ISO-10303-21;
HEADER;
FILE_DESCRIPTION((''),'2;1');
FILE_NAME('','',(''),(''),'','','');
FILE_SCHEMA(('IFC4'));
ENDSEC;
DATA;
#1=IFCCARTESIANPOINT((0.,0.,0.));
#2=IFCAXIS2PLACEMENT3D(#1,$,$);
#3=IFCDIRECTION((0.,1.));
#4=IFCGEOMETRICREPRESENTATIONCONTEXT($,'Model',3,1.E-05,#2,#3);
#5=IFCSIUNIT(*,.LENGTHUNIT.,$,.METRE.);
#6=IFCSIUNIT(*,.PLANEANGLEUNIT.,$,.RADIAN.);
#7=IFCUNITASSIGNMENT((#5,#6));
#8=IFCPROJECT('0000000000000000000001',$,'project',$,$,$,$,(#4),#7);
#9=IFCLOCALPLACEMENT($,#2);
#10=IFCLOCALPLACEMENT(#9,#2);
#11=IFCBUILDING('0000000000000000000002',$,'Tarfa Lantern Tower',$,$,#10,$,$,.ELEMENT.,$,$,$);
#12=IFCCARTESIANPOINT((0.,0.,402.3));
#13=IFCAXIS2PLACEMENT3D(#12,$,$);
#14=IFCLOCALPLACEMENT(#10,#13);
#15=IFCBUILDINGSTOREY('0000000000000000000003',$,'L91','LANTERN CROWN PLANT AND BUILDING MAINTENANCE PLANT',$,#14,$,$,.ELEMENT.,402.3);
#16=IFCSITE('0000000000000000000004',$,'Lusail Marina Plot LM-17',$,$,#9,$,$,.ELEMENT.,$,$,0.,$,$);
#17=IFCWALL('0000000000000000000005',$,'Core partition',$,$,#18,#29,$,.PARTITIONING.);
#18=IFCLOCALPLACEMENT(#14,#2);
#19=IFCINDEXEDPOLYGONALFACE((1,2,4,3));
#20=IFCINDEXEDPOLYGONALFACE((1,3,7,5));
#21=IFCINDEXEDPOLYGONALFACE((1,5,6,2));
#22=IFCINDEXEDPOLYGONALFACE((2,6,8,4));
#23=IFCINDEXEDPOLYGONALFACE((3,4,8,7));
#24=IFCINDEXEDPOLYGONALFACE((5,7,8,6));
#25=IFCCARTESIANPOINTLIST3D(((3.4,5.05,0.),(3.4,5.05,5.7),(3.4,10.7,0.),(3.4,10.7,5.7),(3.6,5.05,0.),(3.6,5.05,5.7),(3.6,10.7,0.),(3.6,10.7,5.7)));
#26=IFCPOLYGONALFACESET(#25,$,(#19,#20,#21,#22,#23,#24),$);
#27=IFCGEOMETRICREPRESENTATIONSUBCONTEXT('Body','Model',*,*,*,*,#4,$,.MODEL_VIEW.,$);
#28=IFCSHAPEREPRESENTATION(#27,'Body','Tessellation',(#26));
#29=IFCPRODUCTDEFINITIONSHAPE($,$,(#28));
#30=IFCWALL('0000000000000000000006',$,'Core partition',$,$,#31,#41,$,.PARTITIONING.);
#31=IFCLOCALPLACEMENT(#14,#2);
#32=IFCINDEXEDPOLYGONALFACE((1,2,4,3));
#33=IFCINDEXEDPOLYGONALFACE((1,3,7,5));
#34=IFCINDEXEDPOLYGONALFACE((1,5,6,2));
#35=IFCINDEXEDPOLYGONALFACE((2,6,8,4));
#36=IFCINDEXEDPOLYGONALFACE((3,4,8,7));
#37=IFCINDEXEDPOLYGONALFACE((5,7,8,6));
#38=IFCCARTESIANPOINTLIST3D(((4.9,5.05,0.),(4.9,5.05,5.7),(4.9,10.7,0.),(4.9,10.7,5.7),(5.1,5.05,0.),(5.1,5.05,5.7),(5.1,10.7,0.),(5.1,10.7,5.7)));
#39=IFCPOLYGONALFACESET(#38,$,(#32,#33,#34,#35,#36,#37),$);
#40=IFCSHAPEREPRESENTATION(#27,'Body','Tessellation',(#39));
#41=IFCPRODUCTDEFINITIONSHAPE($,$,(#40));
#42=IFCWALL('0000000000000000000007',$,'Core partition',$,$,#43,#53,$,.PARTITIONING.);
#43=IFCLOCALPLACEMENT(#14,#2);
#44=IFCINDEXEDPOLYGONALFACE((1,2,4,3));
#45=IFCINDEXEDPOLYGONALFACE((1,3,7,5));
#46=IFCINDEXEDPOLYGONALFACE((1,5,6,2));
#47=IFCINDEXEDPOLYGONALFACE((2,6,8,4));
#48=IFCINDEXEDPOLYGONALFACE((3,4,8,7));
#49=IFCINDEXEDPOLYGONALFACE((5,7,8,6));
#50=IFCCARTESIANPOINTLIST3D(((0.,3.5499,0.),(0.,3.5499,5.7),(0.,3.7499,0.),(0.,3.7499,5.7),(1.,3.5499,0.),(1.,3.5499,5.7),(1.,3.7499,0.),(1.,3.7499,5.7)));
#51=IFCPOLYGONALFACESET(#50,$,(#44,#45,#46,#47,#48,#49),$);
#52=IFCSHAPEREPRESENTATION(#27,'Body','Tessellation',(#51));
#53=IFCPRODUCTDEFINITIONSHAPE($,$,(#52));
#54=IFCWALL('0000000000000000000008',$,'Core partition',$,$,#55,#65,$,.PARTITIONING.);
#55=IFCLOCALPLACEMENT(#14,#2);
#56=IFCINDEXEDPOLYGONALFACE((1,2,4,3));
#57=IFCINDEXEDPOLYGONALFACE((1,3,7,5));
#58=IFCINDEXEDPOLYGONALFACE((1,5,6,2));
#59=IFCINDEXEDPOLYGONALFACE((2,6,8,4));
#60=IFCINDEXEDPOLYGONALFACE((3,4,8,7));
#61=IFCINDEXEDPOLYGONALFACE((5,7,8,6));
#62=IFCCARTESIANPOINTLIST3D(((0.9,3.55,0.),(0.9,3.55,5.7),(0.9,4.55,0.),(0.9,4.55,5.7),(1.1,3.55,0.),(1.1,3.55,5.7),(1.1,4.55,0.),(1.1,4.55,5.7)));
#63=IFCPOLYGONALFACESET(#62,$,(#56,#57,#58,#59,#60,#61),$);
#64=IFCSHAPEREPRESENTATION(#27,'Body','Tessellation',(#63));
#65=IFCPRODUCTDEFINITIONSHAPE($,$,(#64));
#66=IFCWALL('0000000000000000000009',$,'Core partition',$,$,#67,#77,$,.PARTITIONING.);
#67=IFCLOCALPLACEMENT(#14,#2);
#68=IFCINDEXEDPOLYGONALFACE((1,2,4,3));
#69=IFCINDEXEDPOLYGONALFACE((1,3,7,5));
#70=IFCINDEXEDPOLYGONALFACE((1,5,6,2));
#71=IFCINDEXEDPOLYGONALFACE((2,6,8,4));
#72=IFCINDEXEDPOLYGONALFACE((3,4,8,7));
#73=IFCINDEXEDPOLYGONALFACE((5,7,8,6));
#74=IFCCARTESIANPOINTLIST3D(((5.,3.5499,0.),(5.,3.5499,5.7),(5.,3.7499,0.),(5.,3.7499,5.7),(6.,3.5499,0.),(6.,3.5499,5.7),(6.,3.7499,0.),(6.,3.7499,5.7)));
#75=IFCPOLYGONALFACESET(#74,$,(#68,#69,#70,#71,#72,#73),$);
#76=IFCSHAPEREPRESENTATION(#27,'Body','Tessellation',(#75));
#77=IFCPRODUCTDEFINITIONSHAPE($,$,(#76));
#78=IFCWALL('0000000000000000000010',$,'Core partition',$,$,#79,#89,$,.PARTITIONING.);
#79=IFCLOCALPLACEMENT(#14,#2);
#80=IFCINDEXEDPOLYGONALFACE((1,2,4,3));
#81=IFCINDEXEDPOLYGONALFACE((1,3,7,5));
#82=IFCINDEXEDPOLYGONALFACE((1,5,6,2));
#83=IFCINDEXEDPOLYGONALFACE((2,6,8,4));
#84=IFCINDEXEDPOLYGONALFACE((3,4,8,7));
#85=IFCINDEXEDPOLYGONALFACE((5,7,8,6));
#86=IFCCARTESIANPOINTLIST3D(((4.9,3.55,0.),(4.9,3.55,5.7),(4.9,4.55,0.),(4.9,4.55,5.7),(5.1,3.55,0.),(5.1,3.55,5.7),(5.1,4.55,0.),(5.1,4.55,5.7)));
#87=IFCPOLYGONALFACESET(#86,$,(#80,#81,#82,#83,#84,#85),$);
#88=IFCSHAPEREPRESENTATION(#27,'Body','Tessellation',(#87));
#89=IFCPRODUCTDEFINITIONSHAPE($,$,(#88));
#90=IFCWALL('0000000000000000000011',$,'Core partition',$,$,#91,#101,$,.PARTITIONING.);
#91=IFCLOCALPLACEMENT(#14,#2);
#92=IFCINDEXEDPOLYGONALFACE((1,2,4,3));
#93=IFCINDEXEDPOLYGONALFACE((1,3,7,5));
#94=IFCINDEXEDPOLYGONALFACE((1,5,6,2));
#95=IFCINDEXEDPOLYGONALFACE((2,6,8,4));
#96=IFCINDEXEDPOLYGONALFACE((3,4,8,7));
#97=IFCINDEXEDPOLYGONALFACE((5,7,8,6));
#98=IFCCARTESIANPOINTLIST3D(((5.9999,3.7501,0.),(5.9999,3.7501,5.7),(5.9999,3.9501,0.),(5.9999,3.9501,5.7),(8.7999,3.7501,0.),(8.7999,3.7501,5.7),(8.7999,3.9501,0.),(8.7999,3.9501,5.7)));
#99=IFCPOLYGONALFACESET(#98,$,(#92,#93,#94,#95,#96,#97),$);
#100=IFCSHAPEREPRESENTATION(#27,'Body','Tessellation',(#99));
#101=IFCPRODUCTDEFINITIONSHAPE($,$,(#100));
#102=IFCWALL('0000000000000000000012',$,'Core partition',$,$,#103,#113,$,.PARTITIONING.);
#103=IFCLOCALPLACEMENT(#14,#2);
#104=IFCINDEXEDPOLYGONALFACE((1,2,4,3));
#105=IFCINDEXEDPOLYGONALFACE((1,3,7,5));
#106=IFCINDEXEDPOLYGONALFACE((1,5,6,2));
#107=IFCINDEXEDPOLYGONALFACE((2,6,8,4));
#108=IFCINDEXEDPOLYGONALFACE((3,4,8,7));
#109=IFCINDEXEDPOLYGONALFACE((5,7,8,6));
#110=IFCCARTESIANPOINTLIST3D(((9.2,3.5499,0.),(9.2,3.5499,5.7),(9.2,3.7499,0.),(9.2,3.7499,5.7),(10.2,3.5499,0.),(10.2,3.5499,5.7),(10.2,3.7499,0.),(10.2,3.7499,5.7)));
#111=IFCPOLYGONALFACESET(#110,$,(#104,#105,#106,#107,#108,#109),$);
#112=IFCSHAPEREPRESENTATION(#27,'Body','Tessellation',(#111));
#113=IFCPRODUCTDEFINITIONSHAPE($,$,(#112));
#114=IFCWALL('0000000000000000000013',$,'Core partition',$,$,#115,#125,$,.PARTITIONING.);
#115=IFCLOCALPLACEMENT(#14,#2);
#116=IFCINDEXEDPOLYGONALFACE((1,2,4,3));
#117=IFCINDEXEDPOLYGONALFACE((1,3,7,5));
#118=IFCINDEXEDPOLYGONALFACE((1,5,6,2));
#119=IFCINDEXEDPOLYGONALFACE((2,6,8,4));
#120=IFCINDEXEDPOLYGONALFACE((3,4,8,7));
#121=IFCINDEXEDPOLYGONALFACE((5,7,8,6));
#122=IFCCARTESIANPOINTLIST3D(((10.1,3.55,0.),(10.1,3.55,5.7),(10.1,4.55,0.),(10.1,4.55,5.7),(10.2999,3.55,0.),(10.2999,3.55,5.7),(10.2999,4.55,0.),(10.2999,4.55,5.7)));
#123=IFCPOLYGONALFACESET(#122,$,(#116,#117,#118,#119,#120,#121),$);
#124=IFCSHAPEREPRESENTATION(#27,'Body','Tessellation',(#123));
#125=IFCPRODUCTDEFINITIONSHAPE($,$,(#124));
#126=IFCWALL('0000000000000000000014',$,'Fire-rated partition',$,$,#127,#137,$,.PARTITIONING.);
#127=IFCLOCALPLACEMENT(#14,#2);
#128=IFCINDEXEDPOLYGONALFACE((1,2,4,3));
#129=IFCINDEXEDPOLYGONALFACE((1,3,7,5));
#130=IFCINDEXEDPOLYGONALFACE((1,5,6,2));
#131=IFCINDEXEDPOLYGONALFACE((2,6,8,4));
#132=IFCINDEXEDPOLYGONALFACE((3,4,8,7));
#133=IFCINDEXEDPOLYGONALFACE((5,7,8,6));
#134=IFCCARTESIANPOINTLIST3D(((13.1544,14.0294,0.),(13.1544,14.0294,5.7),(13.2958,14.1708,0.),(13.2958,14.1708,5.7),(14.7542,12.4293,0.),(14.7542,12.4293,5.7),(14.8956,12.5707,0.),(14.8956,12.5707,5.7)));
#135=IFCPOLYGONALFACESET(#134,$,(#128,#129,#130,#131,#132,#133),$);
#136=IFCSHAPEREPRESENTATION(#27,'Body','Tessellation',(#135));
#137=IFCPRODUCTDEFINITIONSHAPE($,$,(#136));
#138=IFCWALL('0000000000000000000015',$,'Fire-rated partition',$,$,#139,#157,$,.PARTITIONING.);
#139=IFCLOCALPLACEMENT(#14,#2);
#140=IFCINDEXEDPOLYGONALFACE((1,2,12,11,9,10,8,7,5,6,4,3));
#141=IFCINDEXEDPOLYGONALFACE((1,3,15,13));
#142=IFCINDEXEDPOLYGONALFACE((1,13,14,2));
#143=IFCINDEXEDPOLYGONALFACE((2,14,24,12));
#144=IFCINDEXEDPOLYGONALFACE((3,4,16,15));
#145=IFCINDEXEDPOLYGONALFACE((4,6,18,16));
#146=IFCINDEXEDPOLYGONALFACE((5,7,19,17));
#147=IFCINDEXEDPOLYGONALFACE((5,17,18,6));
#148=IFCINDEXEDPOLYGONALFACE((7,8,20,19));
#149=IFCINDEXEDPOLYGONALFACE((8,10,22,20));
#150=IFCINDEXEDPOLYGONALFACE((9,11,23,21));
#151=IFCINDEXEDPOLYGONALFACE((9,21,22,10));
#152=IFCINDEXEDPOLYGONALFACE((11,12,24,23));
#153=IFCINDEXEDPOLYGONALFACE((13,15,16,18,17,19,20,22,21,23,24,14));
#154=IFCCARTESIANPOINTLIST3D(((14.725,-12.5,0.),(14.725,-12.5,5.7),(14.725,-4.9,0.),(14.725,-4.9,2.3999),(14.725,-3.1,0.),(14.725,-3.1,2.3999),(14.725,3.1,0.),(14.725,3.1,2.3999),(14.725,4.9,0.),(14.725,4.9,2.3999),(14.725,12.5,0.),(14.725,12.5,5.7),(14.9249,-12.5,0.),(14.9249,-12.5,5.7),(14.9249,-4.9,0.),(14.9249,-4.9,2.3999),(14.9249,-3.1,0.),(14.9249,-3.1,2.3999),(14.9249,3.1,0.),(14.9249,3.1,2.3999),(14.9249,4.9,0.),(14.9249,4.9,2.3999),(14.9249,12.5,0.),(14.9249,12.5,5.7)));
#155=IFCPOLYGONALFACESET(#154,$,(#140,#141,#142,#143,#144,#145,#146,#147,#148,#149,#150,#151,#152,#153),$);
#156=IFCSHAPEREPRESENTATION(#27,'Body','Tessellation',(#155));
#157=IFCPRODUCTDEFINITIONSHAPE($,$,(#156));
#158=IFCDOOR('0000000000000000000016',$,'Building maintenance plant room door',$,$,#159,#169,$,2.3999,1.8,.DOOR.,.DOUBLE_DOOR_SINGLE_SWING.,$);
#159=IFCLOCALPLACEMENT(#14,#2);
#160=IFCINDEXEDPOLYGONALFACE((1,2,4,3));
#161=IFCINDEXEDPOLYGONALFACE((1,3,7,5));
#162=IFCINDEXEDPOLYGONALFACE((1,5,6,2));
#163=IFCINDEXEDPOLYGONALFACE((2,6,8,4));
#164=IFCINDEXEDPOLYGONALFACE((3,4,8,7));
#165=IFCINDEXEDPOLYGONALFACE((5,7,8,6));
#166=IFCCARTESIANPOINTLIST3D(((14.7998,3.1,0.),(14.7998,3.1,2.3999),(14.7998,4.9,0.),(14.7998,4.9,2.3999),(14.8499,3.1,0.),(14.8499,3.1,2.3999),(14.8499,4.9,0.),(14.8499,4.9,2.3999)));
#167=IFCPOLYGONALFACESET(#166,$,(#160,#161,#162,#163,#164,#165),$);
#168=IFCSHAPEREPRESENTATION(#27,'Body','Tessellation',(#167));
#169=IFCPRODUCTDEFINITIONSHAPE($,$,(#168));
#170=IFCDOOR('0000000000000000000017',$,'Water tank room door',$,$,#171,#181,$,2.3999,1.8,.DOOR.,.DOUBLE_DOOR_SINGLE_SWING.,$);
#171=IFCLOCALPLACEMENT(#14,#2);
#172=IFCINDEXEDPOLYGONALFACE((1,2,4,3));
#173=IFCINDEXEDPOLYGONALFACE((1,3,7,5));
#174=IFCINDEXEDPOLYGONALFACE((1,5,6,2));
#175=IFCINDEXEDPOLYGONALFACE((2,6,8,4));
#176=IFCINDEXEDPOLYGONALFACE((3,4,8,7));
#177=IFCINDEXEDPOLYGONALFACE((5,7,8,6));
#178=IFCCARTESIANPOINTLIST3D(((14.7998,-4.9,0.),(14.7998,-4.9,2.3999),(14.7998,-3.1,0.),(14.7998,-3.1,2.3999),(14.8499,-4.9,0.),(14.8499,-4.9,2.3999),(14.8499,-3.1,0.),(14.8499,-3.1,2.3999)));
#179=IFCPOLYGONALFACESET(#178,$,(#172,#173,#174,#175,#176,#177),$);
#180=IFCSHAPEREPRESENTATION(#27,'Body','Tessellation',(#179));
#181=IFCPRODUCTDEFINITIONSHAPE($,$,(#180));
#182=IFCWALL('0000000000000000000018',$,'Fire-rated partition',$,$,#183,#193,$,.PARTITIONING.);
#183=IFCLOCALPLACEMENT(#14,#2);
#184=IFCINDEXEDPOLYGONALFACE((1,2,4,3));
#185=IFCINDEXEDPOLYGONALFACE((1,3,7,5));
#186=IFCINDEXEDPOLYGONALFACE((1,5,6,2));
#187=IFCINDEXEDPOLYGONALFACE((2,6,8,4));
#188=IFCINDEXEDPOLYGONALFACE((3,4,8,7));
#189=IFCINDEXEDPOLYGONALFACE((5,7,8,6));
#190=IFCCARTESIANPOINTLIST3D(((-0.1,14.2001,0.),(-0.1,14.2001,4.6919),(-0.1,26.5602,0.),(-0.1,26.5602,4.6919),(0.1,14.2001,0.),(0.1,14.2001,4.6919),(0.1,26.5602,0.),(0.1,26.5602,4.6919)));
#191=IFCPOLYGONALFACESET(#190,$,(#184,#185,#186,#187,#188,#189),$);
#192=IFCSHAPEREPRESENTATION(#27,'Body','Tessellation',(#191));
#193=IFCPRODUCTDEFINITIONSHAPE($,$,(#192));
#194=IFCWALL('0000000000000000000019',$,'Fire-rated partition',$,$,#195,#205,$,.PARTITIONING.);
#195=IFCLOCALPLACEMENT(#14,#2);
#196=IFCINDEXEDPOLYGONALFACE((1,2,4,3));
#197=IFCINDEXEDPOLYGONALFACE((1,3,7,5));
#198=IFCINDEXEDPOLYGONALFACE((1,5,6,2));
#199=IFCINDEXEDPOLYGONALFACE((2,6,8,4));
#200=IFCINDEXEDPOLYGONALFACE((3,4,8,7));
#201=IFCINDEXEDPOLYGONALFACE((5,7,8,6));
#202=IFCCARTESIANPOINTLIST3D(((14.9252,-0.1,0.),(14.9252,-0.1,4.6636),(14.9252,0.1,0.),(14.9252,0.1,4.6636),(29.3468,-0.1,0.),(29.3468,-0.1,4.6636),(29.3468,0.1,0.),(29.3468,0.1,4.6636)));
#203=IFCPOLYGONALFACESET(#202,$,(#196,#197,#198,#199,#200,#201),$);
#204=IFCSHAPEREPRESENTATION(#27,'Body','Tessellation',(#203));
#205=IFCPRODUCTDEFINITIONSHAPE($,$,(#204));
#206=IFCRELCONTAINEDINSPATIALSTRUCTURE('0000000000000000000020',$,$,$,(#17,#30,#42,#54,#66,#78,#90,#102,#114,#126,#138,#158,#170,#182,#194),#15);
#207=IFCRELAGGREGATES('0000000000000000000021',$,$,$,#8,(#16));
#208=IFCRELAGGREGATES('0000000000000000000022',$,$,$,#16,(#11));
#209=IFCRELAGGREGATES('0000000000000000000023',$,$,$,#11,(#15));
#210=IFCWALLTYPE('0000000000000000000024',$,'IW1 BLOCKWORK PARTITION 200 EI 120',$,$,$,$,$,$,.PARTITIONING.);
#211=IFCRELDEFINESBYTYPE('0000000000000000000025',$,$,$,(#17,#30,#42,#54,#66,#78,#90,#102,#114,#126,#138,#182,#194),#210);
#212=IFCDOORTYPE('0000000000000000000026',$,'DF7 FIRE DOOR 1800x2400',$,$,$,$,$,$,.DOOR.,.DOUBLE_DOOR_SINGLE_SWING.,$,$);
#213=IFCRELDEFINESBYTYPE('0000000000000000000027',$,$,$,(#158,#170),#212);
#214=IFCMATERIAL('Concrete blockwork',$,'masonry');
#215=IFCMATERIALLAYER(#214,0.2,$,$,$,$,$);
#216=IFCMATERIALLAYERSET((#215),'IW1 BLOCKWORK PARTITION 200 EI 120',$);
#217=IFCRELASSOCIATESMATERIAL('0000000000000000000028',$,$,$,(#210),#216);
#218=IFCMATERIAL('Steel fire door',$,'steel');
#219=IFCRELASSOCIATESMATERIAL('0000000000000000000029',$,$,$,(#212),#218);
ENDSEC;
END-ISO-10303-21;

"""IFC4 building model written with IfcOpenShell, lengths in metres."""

from ifc_helpers import new_model, si_unit, direction, frame, frame_2d, origin, place, context, subcontext, project, spatial, rectangle, extrude, material, layer, layer_set, type_object, element, fill, save


model = new_model("IFC4")

# Units and contexts
model_context = context("Model", 3, precision=1e-05, world=origin(), true_north=direction((0.0, 1.0)))
body_context = subcontext(model_context, "Body", "Model", "MODEL_VIEW")
ifc_project = project(units=[si_unit("LENGTHUNIT", "METRE"), si_unit("PLANEANGLEUNIT", "RADIAN")], contexts=[model_context])

# Site, building, storey
site_placement = place(None, origin())
site = spatial("IfcSite", under=ifc_project, at=site_placement, Name="Lusail Marina Plot LM-17", CompositionType="ELEMENT", RefElevation=0.0)
building_placement = place(site_placement, origin())
building = spatial("IfcBuilding", under=site, at=building_placement, Name="Tarfa Lantern Tower", CompositionType="ELEMENT")
storey_placement = place(building_placement, frame((0.0, 0.0, 402.3)))
storey = spatial("IfcBuildingStorey", under=building, at=storey_placement, Name="L91", Description="LANTERN CROWN PLANT AND BUILDING MAINTENANCE PLANT", CompositionType="ELEMENT", Elevation=402.3)

# Walls
ifc_material_1 = material(Name="Concrete blockwork", Category="masonry")
ifc_layer_1 = layer(ifc_material_1, 0.2)
ifc_layer_set_1 = layer_set([ifc_layer_1], Name="IW1 BLOCKWORK PARTITION 200 EI 120")
wall_type_1 = type_object("IfcWallType", Name="IW1 BLOCKWORK PARTITION 200 EI 120", PredefinedType="PARTITIONING", material=ifc_layer_set_1)
for number, where, z_axis, x_axis, name in (
    (1, (3.5, 5.05, 0.0), (0.0, 0.0, 1.0), (0.0, 1.0, 0.0), "Core partition"),
    (2, (5.0, 5.05, 0.0), (0.0, 0.0, 1.0), (0.0, 1.0, 0.0), "Core partition"),
):
    element("IfcWall", number, at=place(storey_placement, frame(where, z_axis=z_axis, x_axis=x_axis)), inside=storey, type_object=wall_type_1, Name=name, PredefinedType="PARTITIONING", context=body_context, shape_type="SweptSolid", body=[
        extrude(rectangle(XDim=5.6499, YDim=0.2, at=frame_2d((2.825, 0.0))), origin(), (0.0, 0.0, 1.0), 5.7),
    ])
for number, where, z_axis, x_axis, name in (
    (3, (0.0, 3.6499, 0.0), (0.0, 0.0, 1.0), (1.0, 0.0, 0.0), "Core partition"),
    (4, (1.0, 3.55, 0.0), (0.0, 0.0, 1.0), (0.0, 1.0, 0.0), "Core partition"),
    (5, (5.0, 3.6499, 0.0), (0.0, 0.0, 1.0), (1.0, 0.0, 0.0), "Core partition"),
    (6, (5.0, 3.55, 0.0), (0.0, 0.0, 1.0), (0.0, 1.0, 0.0), "Core partition"),
):
    element("IfcWall", number, at=place(storey_placement, frame(where, z_axis=z_axis, x_axis=x_axis)), inside=storey, type_object=wall_type_1, Name=name, PredefinedType="PARTITIONING", context=body_context, shape_type="SweptSolid", body=[
        extrude(rectangle(XDim=1.0, YDim=0.2, at=frame_2d((0.5, 0.0))), origin(), (0.0, 0.0, 1.0), 5.7),
    ])
wall_1_placement = place(storey_placement, frame((6.0, 3.8501, 0.0), z_axis=(0.0, 0.0, 1.0), x_axis=(1.0, 0.0, 0.0)))
element("IfcWall", 7, at=wall_1_placement, inside=storey, type_object=wall_type_1, Name="Core partition", PredefinedType="PARTITIONING", context=body_context, shape_type="SweptSolid", body=[
    extrude(rectangle(XDim=2.8, YDim=0.2, at=frame_2d((1.3999, 0.0))), origin(), (0.0, 0.0, 1.0), 5.7),
])
for number, where, z_axis, x_axis, name in (
    (8, (9.2, 3.6499, 0.0), (0.0, 0.0, 1.0), (1.0, 0.0, 0.0), "Core partition"),
    (9, (10.2, 3.55, 0.0), (0.0, 0.0, 1.0), (0.0, 1.0, 0.0), "Core partition"),
):
    element("IfcWall", number, at=place(storey_placement, frame(where, z_axis=z_axis, x_axis=x_axis)), inside=storey, type_object=wall_type_1, Name=name, PredefinedType="PARTITIONING", context=body_context, shape_type="SweptSolid", body=[
        extrude(rectangle(XDim=1.0, YDim=0.2, at=frame_2d((0.5, 0.0))), origin(), (0.0, 0.0, 1.0), 5.7),
    ])
wall_2_placement = place(storey_placement, frame((13.2251, 14.1001, 0.0), z_axis=(0.0, 0.0, 1.0), x_axis=(0.707053, -0.707161, 0.0)))
element("IfcWall", 10, at=wall_2_placement, inside=storey, type_object=wall_type_1, Name="Fire-rated partition", PredefinedType="PARTITIONING", context=body_context, shape_type="SweptSolid", body=[
    extrude(rectangle(XDim=2.2627, YDim=0.2, at=frame_2d((1.1313, 0.0))), origin(), (0.0, 0.0, 1.0), 5.7),
])

# Wall, openings, doors
wall_3_placement = place(storey_placement, frame((14.825, 12.5, 0.0), z_axis=(0.0, 0.0, 1.0), x_axis=(0.0, -1.0, 0.0)))
wall_3 = element("IfcWall", 11, at=wall_3_placement, inside=storey, type_object=wall_type_1, Name="Fire-rated partition", PredefinedType="PARTITIONING", context=body_context, shape_type="SweptSolid", body=[
    extrude(rectangle(XDim=25.0, YDim=0.2, at=frame_2d((12.5, 0.0))), origin(), (0.0, 0.0, 1.0), 5.7),
])
opening_1_placement = place(wall_3_placement, frame((7.6001, 0.0, 0.0)))
opening_1 = element("IfcOpeningElement", 12, at=opening_1_placement, cuts=wall_3, PredefinedType="OPENING", context=body_context, shape_type="SweptSolid", body=[
    extrude(rectangle(XDim=1.8, YDim=2.3999, at=frame_2d((0.8999, 1.2))), frame((0.0, 0.1099, 0.0), z_axis=(0.0, -1.0, 0.0), x_axis=(1.0, 0.0, 0.0)), (0.0, 0.0, 1.0), 0.22),
])
opening_2_placement = place(wall_3_placement, frame((15.6001, 0.0, 0.0)))
opening_2 = element("IfcOpeningElement", 13, at=opening_2_placement, cuts=wall_3, PredefinedType="OPENING", context=body_context, shape_type="SweptSolid", body=[
    extrude(rectangle(XDim=1.8, YDim=2.3999, at=frame_2d((0.8999, 1.2))), frame((0.0, 0.1099, 0.0), z_axis=(0.0, -1.0, 0.0), x_axis=(1.0, 0.0, 0.0)), (0.0, 0.0, 1.0), 0.22),
])
ifc_material_2 = material(Name="Steel fire door", Category="steel")
door_type = type_object("IfcDoorType", Name="DF7 FIRE DOOR 1800x2400", OperationType="DOUBLE_DOOR_SINGLE_SWING", PredefinedType="DOOR", material=ifc_material_2)
door_1_placement = place(opening_1_placement, origin())
door_1 = element("IfcDoor", 14, at=door_1_placement, inside=storey, type_object=door_type, Name="Building maintenance plant room door", OperationType="DOUBLE_DOOR_SINGLE_SWING", OverallHeight=2.3999, OverallWidth=1.8, PredefinedType="DOOR", context=body_context, shape_type="SweptSolid", body=[
    extrude(rectangle(XDim=1.8, YDim=2.3999, at=frame_2d((0.8999, 1.2))), frame((0.0, 0.0249, 0.0), z_axis=(0.0, -1.0, 0.0), x_axis=(1.0, 0.0, 0.0)), (0.0, 0.0, 1.0), 0.05),
])
fill(opening_1, door_1)
door_2_placement = place(opening_2_placement, origin())
door_2 = element("IfcDoor", 15, at=door_2_placement, inside=storey, type_object=door_type, Name="Water tank room door", OperationType="DOUBLE_DOOR_SINGLE_SWING", OverallHeight=2.3999, OverallWidth=1.8, PredefinedType="DOOR", context=body_context, shape_type="SweptSolid", body=[
    extrude(rectangle(XDim=1.8, YDim=2.3999, at=frame_2d((0.8999, 1.2))), frame((0.0, 0.0249, 0.0), z_axis=(0.0, -1.0, 0.0), x_axis=(1.0, 0.0, 0.0)), (0.0, 0.0, 1.0), 0.05),
])
fill(opening_2, door_2)

# Walls
wall_4_placement = place(storey_placement, frame((0.0, 14.2, 0.0), z_axis=(0.0, 0.0, 1.0), x_axis=(0.0, 1.0, 0.0)))
element("IfcWall", 16, at=wall_4_placement, inside=storey, type_object=wall_type_1, Name="Fire-rated partition", PredefinedType="PARTITIONING", context=body_context, shape_type="SweptSolid", body=[
    extrude(rectangle(XDim=12.3601, YDim=0.2, at=frame_2d((6.1802, 0.0))), origin(), (0.0, 0.0, 1.0), 4.6919),
])
wall_5_placement = place(storey_placement, frame((14.925, 0.0, 0.0), z_axis=(0.0, 0.0, 1.0), x_axis=(1.0, 0.0, 0.0)))
element("IfcWall", 17, at=wall_5_placement, inside=storey, type_object=wall_type_1, Name="Fire-rated partition", PredefinedType="PARTITIONING", context=body_context, shape_type="SweptSolid", body=[
    extrude(rectangle(XDim=14.4216, YDim=0.2, at=frame_2d((7.2109, 0.0))), origin(), (0.0, 0.0, 1.0), 4.6636),
])

save(model, "model.ifc")
